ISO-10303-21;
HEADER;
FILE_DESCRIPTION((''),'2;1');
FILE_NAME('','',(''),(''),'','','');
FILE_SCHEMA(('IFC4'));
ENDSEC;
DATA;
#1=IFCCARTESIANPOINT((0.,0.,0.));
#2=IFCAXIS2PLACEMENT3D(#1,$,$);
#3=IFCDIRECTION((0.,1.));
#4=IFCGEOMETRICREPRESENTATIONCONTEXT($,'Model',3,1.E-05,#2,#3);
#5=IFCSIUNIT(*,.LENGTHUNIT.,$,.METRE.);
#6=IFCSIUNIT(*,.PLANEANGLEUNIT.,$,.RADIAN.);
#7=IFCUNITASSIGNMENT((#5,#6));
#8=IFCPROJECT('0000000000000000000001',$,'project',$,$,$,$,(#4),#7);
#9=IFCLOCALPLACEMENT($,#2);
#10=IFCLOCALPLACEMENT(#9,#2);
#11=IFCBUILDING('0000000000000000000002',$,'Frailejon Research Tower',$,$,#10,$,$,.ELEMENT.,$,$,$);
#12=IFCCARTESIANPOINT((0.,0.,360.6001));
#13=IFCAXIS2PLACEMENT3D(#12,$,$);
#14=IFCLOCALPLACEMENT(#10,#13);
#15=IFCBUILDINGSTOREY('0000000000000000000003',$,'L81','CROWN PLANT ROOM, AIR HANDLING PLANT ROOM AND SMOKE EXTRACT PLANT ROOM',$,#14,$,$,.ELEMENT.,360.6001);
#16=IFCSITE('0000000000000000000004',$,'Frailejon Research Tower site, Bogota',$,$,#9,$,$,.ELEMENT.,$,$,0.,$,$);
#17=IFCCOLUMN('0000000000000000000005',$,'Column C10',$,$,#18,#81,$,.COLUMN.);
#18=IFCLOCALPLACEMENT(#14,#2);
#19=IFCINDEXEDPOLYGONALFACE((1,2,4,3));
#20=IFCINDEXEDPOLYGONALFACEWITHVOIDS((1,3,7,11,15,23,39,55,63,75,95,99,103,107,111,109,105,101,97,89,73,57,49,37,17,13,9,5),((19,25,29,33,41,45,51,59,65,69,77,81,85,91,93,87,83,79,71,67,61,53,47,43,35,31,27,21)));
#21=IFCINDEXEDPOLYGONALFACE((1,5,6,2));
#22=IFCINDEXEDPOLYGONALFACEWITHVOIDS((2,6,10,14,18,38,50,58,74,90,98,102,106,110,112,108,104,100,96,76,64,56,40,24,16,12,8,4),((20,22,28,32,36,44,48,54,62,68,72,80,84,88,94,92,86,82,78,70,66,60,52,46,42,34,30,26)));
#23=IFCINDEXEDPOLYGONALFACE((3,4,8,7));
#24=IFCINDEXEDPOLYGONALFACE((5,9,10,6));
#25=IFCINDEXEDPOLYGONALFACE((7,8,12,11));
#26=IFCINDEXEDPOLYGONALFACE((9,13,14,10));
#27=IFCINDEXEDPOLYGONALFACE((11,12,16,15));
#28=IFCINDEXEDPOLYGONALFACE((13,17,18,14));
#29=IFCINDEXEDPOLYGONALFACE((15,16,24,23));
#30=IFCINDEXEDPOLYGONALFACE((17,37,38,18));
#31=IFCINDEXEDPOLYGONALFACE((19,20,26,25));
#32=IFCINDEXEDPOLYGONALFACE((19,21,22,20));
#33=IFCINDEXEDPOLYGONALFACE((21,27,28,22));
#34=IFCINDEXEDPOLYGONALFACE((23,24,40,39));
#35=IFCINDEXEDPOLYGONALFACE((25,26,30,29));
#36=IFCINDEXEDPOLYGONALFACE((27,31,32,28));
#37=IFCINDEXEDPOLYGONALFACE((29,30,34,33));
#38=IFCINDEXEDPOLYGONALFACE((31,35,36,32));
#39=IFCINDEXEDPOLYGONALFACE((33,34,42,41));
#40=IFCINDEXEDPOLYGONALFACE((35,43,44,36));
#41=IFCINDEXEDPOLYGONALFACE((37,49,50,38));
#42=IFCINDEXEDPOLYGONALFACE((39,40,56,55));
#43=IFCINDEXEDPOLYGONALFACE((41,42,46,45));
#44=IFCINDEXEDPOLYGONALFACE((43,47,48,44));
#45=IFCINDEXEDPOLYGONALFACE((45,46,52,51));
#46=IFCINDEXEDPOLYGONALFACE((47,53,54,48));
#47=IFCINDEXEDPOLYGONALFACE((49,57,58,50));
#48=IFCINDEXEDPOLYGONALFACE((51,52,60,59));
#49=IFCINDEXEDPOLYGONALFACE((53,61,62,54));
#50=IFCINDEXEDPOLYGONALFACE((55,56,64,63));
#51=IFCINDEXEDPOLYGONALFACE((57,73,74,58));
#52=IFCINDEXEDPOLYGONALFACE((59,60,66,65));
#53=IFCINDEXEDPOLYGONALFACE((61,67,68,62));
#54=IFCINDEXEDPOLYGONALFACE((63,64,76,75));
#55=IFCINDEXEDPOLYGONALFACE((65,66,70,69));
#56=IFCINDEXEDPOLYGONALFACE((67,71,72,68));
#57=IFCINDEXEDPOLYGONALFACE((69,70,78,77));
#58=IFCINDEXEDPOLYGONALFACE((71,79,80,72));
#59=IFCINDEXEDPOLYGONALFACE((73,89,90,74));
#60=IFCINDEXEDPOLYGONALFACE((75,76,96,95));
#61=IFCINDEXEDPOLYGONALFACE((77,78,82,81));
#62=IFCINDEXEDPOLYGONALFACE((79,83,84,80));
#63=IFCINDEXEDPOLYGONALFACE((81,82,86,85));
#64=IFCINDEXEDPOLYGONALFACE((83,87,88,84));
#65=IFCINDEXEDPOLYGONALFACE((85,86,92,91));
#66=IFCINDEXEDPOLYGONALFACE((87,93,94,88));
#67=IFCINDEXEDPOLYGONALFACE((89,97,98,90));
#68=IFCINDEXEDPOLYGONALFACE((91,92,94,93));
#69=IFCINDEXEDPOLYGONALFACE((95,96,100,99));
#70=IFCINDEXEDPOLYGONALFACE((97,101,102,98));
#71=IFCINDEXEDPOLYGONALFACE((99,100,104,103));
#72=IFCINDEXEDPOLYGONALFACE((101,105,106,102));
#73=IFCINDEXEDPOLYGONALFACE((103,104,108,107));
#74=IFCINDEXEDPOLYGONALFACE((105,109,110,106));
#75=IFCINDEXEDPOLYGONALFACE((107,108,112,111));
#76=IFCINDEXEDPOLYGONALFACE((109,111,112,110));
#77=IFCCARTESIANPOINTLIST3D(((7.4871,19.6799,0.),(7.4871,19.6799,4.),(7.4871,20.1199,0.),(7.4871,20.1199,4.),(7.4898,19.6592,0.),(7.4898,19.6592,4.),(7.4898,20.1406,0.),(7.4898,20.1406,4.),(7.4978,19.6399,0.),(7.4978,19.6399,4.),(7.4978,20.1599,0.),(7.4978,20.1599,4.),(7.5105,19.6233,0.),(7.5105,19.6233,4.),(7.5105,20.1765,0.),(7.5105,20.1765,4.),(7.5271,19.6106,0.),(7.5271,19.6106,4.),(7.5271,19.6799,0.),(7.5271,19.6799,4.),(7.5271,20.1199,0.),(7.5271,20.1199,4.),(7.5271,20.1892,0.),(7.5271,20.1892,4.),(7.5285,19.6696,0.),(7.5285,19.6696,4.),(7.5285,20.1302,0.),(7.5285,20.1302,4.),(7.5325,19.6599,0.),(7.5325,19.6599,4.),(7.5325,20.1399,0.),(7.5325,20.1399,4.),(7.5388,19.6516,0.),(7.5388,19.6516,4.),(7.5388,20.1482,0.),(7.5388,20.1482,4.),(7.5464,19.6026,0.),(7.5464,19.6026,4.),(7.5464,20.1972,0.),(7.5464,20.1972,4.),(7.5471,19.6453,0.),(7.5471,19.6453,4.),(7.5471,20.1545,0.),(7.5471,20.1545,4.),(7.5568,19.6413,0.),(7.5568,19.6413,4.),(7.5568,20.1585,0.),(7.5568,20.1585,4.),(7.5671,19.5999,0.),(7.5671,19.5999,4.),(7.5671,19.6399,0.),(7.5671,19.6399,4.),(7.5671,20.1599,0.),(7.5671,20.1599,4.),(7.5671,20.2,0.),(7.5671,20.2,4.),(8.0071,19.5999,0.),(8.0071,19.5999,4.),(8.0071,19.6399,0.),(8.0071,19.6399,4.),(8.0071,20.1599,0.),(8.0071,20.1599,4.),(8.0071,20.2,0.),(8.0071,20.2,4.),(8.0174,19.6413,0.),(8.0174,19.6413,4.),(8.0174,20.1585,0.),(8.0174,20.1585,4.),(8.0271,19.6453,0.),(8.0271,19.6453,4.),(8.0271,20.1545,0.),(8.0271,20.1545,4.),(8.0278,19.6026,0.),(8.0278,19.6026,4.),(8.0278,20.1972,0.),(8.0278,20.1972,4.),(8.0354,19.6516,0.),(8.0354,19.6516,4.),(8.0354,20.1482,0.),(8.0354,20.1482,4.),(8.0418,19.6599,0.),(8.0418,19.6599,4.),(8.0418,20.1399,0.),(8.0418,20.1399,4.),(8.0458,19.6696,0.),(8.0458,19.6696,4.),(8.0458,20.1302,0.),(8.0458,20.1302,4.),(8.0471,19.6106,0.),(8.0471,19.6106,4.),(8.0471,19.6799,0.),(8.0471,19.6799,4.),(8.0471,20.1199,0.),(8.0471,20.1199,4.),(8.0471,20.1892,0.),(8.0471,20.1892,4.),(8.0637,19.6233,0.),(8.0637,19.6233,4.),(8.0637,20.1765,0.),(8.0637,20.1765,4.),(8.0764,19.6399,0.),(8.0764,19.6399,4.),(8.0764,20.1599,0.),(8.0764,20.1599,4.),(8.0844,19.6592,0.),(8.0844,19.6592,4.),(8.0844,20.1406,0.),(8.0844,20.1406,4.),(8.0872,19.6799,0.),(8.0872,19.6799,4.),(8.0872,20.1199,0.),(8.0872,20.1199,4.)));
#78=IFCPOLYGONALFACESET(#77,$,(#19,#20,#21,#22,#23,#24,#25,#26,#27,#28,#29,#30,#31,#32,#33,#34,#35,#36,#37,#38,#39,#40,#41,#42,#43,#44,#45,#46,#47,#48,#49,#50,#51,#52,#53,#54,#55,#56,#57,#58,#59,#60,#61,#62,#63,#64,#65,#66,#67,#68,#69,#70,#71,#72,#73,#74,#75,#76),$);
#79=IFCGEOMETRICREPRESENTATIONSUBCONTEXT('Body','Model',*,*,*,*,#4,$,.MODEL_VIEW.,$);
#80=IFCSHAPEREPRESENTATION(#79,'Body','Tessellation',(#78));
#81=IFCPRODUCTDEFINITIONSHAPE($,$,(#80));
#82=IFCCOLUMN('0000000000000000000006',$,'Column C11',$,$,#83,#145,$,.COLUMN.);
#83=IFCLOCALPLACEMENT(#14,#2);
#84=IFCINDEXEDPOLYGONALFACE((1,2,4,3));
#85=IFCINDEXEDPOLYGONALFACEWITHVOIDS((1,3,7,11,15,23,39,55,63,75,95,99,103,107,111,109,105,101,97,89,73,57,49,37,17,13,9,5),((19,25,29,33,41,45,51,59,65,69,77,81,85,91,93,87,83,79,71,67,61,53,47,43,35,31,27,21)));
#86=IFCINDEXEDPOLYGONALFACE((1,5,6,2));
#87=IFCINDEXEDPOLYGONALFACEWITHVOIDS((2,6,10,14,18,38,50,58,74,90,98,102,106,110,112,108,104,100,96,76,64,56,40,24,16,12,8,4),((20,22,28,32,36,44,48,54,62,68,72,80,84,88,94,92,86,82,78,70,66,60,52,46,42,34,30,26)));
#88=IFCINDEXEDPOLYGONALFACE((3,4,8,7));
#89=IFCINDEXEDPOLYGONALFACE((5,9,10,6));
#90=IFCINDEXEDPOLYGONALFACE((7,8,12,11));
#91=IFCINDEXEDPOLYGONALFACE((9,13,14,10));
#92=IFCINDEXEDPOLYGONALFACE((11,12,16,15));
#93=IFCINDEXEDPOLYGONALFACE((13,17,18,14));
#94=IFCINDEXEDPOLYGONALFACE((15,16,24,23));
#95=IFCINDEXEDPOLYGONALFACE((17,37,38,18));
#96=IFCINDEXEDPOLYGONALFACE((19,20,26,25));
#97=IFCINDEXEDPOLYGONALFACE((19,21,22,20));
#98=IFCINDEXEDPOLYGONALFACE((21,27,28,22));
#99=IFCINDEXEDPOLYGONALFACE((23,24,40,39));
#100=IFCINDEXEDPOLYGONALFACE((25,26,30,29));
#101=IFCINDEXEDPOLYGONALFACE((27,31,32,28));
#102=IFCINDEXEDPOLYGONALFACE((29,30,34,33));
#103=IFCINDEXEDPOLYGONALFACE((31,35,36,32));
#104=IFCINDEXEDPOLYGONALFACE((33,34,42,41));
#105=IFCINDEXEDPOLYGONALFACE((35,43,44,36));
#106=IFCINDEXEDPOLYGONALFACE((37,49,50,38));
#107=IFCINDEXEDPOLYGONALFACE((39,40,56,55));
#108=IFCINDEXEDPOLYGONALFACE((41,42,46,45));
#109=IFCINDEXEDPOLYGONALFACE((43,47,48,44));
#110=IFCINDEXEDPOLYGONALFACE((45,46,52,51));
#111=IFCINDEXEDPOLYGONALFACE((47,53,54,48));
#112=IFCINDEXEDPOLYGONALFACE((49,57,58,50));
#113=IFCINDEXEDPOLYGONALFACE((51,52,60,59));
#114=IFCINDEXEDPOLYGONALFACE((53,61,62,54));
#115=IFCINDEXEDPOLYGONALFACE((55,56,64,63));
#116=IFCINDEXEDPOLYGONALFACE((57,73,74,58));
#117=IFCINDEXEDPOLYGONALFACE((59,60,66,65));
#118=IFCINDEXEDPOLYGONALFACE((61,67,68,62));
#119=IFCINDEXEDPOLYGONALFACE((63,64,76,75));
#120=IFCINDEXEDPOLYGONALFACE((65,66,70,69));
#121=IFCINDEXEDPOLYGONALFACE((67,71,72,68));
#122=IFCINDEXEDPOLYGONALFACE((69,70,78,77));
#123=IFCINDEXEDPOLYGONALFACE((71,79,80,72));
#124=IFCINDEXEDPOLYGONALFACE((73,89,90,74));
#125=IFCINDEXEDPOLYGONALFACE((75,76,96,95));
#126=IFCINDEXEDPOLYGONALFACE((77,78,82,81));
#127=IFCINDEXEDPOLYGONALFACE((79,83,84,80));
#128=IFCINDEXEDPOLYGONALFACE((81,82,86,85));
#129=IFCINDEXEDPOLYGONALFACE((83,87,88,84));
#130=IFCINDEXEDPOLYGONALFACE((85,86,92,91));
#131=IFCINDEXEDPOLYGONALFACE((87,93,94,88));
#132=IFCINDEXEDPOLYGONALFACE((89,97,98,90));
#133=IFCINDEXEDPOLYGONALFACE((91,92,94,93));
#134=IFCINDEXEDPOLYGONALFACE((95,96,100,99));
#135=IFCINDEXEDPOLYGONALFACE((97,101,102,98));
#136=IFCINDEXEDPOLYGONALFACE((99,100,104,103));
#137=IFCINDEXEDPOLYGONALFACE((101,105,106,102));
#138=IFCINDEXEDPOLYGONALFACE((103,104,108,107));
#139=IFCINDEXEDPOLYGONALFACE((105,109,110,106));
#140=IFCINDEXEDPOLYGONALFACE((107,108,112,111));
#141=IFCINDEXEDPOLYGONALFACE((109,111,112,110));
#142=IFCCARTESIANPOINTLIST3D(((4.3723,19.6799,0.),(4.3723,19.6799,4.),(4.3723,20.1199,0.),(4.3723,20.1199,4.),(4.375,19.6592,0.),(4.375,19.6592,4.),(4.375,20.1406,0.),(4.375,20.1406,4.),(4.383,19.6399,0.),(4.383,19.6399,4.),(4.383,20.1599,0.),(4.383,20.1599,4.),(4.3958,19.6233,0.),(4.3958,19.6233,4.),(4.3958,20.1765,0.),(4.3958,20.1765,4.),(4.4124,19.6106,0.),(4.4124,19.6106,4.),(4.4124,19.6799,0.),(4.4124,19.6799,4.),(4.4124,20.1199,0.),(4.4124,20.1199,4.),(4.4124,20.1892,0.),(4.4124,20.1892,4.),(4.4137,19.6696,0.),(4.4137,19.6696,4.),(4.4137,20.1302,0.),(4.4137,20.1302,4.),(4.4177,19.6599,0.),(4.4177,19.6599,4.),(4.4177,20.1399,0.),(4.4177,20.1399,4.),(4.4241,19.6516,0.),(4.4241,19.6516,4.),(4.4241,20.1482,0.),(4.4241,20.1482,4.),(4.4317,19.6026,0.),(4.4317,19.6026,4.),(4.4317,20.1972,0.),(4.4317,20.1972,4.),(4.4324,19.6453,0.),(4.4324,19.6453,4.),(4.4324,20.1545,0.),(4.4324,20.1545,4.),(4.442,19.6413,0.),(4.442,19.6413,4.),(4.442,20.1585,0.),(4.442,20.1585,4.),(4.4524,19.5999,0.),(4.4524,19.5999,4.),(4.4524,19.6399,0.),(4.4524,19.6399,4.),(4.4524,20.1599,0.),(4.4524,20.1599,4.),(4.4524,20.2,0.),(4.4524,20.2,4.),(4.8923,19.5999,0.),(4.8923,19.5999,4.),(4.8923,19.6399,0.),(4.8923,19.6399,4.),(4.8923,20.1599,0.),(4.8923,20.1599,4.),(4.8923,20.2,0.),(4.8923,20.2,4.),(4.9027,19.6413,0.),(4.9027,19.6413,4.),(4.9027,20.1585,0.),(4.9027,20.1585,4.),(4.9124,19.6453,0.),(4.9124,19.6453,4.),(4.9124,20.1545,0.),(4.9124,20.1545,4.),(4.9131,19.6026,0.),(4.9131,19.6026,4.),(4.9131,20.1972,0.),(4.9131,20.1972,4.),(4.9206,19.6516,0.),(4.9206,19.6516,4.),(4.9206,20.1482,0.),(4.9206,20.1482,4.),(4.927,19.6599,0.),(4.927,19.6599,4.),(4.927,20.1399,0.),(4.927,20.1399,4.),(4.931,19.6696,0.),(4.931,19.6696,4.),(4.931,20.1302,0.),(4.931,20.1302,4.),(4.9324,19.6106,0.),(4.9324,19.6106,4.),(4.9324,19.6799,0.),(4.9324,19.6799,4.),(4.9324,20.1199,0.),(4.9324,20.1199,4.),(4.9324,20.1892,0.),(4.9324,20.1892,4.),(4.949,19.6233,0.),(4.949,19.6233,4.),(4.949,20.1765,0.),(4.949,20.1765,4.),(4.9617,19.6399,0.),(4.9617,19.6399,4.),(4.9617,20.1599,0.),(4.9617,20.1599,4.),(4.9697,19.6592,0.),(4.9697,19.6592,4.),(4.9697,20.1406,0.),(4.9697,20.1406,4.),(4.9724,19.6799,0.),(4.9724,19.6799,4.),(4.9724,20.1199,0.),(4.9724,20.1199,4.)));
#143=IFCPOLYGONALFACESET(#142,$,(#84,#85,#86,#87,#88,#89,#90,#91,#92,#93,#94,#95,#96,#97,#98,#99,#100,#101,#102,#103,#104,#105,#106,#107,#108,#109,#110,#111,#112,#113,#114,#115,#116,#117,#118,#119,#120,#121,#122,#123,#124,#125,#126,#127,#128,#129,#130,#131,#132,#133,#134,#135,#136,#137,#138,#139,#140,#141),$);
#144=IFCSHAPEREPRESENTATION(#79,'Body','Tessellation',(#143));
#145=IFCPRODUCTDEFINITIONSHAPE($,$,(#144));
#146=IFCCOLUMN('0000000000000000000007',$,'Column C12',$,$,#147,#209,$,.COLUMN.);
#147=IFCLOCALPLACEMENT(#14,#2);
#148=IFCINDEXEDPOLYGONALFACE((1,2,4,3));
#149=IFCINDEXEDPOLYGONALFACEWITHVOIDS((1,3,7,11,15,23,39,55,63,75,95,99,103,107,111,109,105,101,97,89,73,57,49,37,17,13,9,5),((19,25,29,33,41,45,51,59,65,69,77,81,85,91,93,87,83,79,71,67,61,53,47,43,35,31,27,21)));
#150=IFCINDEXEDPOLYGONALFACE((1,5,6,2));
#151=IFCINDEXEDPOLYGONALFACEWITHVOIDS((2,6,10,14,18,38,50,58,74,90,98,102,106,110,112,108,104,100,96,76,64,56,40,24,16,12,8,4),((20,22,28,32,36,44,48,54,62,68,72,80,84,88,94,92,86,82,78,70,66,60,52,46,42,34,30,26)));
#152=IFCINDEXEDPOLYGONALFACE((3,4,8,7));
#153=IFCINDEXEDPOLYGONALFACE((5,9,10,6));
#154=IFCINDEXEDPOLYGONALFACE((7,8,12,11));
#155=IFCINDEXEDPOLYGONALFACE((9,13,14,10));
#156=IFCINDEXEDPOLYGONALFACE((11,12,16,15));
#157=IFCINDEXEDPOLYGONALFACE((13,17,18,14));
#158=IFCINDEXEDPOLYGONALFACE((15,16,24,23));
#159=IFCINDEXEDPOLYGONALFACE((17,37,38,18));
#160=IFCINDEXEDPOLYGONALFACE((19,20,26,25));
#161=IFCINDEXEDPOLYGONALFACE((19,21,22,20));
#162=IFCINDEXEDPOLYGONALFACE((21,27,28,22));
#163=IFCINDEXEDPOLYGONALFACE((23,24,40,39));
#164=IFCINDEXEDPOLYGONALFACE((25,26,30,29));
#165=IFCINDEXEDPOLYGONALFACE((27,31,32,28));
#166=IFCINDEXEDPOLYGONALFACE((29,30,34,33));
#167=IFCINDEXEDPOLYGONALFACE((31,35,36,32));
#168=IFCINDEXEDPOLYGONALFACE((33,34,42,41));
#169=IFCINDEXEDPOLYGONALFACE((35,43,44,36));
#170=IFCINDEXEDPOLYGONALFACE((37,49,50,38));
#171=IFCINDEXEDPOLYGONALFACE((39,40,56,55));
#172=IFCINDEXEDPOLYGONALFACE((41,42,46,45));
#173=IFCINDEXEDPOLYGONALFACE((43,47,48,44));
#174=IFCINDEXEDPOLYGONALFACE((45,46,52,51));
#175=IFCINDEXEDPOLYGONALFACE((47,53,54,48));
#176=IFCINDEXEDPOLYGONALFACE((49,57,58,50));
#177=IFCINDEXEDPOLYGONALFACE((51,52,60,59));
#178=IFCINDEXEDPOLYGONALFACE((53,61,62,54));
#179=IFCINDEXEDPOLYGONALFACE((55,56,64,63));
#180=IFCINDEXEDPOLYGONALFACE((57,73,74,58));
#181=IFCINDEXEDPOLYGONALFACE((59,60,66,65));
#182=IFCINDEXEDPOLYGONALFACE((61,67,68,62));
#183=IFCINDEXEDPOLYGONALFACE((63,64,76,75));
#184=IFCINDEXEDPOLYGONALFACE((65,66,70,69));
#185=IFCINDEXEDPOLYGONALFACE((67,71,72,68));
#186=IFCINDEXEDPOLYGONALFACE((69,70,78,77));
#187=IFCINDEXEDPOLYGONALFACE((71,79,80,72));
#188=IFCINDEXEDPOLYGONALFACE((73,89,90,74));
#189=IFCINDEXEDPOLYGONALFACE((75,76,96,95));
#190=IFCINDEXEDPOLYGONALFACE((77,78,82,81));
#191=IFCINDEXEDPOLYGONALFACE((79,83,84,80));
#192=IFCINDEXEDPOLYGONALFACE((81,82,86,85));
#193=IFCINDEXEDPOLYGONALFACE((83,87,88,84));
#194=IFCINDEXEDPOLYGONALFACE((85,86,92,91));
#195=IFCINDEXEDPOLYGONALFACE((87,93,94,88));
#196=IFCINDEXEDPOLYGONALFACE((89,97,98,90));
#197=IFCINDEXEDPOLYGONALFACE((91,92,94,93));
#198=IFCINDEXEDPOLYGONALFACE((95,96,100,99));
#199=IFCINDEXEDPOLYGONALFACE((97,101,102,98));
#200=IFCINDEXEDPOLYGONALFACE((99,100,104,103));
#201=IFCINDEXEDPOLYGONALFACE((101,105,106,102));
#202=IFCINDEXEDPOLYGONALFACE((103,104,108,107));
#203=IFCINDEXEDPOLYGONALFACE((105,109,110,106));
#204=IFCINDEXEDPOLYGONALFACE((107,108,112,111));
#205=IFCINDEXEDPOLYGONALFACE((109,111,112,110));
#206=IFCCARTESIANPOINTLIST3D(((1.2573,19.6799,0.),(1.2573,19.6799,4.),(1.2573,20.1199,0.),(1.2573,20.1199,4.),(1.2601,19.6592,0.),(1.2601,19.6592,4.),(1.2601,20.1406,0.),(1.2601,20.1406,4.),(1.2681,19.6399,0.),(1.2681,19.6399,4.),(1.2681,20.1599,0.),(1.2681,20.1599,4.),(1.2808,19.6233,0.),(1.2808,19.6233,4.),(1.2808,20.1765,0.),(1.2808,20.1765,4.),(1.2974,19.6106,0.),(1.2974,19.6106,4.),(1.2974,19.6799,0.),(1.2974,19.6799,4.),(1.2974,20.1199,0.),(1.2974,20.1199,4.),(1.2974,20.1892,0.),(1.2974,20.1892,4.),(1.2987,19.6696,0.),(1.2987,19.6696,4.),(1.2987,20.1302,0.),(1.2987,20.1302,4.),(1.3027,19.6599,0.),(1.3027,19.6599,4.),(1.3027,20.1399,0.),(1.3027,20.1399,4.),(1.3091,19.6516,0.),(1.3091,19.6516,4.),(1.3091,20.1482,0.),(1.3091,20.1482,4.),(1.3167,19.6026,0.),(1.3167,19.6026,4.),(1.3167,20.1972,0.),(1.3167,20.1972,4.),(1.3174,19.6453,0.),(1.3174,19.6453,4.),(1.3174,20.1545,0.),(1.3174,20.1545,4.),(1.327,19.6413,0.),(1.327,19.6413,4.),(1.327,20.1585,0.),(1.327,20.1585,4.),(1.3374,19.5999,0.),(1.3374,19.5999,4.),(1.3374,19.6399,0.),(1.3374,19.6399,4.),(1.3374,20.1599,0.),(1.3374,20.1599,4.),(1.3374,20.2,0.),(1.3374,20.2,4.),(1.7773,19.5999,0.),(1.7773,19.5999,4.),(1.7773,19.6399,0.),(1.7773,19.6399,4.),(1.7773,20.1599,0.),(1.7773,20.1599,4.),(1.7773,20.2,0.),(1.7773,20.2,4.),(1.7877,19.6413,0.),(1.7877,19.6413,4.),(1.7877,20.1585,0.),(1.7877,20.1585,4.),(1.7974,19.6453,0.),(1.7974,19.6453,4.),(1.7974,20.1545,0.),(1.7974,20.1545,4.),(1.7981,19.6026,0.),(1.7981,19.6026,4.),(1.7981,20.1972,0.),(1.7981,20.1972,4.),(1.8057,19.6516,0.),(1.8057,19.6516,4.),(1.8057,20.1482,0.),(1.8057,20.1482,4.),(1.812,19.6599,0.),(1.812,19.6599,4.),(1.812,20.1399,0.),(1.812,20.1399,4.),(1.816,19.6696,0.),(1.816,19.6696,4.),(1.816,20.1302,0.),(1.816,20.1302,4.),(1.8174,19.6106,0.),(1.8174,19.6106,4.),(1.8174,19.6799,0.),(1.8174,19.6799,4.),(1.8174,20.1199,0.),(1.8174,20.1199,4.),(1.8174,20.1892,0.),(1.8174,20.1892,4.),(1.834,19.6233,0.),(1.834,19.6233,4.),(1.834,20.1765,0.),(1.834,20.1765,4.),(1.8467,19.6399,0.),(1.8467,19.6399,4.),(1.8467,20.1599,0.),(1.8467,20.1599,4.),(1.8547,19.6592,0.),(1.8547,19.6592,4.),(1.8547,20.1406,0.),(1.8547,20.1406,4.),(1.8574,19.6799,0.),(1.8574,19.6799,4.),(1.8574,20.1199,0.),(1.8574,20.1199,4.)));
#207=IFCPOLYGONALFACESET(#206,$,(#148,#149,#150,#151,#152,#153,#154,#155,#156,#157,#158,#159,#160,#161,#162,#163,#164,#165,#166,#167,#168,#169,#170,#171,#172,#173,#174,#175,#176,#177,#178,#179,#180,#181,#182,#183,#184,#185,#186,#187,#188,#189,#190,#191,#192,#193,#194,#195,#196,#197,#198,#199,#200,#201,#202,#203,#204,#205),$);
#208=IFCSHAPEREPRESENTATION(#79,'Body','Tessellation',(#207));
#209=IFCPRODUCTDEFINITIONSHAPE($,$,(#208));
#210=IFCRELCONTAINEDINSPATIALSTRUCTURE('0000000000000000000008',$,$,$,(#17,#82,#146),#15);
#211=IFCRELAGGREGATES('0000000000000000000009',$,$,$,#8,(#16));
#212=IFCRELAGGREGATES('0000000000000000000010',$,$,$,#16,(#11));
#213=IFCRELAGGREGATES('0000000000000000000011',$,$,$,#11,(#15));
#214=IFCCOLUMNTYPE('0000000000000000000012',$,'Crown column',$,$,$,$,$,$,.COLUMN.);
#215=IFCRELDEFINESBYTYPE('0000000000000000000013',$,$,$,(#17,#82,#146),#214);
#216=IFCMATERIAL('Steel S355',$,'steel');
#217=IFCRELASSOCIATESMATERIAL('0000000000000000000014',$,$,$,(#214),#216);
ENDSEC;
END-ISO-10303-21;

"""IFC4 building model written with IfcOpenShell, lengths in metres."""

from ifc_helpers import new_model, si_unit, direction, frame, origin, origin_2d, place, context, subcontext, project, spatial, hollow_rectangle, extrude, material, material_profile, profile_set, type_object, element, save


model = new_model("IFC4")

# Units and contexts
model_context = context("Model", 3, precision=1e-05, world=origin(), true_north=direction((0.0, 1.0)))
body_context = subcontext(model_context, "Body", "Model", "MODEL_VIEW")
ifc_project = project(units=[si_unit("LENGTHUNIT", "METRE"), si_unit("PLANEANGLEUNIT", "RADIAN")], contexts=[model_context])

# Site, building, storey
site_placement = place(None, origin())
site = spatial("IfcSite", under=ifc_project, at=site_placement, Name="Frailejon Research Tower site, Bogota", CompositionType="ELEMENT", RefElevation=0.0)
building_placement = place(site_placement, origin())
building = spatial("IfcBuilding", under=site, at=building_placement, Name="Frailejon Research Tower", CompositionType="ELEMENT")
storey_placement = place(building_placement, frame((0.0, 0.0, 360.6001)))
storey = spatial("IfcBuildingStorey", under=building, at=storey_placement, Name="L81", Description="CROWN PLANT ROOM, AIR HANDLING PLANT ROOM AND SMOKE EXTRACT PLANT ROOM", CompositionType="ELEMENT", Elevation=360.6001)

# Columns
ifc_material_1 = material(Name="Steel S355", Category="steel")
ifc_material_profile_1 = material_profile(ifc_material_1, hollow_rectangle(XDim=0.6001, YDim=0.6001, WallThickness=0.04, InnerFilletRadius=0.04, OuterFilletRadius=0.0801, at=origin_2d()), Name="Crown column")
ifc_profile_set_1 = profile_set([ifc_material_profile_1], Name="Steel S355")
column_type = type_object("IfcColumnType", Name="Crown column", PredefinedType="COLUMN", material=ifc_profile_set_1)
for number, where, z_axis, x_axis, name in (
    (1, (7.7871, 19.8999, 0.0), (0.0, 0.0, 1.0), (-1.0, 0.0, 0.0), "Column C10"),
    (2, (4.6724, 19.8999, 0.0), (0.0, 0.0, 1.0), (-1.0, 0.0, 0.0), "Column C11"),
    (3, (1.5574, 19.8999, 0.0), (0.0, 0.0, 1.0), (-1.0, 0.0, 0.0), "Column C12"),
):
    element("IfcColumn", number, at=place(storey_placement, frame(where, z_axis=z_axis, x_axis=x_axis)), inside=storey, type_object=column_type, Name=name, PredefinedType="COLUMN", context=body_context, shape_type="SweptSolid", body=[
        extrude(hollow_rectangle(XDim=0.6001, YDim=0.6001, WallThickness=0.04, InnerFilletRadius=0.04, OuterFilletRadius=0.0801, at=origin_2d()), origin(), (0.0, 0.0, 1.0), 4.0),
    ])

save(model, "model.ifc")
